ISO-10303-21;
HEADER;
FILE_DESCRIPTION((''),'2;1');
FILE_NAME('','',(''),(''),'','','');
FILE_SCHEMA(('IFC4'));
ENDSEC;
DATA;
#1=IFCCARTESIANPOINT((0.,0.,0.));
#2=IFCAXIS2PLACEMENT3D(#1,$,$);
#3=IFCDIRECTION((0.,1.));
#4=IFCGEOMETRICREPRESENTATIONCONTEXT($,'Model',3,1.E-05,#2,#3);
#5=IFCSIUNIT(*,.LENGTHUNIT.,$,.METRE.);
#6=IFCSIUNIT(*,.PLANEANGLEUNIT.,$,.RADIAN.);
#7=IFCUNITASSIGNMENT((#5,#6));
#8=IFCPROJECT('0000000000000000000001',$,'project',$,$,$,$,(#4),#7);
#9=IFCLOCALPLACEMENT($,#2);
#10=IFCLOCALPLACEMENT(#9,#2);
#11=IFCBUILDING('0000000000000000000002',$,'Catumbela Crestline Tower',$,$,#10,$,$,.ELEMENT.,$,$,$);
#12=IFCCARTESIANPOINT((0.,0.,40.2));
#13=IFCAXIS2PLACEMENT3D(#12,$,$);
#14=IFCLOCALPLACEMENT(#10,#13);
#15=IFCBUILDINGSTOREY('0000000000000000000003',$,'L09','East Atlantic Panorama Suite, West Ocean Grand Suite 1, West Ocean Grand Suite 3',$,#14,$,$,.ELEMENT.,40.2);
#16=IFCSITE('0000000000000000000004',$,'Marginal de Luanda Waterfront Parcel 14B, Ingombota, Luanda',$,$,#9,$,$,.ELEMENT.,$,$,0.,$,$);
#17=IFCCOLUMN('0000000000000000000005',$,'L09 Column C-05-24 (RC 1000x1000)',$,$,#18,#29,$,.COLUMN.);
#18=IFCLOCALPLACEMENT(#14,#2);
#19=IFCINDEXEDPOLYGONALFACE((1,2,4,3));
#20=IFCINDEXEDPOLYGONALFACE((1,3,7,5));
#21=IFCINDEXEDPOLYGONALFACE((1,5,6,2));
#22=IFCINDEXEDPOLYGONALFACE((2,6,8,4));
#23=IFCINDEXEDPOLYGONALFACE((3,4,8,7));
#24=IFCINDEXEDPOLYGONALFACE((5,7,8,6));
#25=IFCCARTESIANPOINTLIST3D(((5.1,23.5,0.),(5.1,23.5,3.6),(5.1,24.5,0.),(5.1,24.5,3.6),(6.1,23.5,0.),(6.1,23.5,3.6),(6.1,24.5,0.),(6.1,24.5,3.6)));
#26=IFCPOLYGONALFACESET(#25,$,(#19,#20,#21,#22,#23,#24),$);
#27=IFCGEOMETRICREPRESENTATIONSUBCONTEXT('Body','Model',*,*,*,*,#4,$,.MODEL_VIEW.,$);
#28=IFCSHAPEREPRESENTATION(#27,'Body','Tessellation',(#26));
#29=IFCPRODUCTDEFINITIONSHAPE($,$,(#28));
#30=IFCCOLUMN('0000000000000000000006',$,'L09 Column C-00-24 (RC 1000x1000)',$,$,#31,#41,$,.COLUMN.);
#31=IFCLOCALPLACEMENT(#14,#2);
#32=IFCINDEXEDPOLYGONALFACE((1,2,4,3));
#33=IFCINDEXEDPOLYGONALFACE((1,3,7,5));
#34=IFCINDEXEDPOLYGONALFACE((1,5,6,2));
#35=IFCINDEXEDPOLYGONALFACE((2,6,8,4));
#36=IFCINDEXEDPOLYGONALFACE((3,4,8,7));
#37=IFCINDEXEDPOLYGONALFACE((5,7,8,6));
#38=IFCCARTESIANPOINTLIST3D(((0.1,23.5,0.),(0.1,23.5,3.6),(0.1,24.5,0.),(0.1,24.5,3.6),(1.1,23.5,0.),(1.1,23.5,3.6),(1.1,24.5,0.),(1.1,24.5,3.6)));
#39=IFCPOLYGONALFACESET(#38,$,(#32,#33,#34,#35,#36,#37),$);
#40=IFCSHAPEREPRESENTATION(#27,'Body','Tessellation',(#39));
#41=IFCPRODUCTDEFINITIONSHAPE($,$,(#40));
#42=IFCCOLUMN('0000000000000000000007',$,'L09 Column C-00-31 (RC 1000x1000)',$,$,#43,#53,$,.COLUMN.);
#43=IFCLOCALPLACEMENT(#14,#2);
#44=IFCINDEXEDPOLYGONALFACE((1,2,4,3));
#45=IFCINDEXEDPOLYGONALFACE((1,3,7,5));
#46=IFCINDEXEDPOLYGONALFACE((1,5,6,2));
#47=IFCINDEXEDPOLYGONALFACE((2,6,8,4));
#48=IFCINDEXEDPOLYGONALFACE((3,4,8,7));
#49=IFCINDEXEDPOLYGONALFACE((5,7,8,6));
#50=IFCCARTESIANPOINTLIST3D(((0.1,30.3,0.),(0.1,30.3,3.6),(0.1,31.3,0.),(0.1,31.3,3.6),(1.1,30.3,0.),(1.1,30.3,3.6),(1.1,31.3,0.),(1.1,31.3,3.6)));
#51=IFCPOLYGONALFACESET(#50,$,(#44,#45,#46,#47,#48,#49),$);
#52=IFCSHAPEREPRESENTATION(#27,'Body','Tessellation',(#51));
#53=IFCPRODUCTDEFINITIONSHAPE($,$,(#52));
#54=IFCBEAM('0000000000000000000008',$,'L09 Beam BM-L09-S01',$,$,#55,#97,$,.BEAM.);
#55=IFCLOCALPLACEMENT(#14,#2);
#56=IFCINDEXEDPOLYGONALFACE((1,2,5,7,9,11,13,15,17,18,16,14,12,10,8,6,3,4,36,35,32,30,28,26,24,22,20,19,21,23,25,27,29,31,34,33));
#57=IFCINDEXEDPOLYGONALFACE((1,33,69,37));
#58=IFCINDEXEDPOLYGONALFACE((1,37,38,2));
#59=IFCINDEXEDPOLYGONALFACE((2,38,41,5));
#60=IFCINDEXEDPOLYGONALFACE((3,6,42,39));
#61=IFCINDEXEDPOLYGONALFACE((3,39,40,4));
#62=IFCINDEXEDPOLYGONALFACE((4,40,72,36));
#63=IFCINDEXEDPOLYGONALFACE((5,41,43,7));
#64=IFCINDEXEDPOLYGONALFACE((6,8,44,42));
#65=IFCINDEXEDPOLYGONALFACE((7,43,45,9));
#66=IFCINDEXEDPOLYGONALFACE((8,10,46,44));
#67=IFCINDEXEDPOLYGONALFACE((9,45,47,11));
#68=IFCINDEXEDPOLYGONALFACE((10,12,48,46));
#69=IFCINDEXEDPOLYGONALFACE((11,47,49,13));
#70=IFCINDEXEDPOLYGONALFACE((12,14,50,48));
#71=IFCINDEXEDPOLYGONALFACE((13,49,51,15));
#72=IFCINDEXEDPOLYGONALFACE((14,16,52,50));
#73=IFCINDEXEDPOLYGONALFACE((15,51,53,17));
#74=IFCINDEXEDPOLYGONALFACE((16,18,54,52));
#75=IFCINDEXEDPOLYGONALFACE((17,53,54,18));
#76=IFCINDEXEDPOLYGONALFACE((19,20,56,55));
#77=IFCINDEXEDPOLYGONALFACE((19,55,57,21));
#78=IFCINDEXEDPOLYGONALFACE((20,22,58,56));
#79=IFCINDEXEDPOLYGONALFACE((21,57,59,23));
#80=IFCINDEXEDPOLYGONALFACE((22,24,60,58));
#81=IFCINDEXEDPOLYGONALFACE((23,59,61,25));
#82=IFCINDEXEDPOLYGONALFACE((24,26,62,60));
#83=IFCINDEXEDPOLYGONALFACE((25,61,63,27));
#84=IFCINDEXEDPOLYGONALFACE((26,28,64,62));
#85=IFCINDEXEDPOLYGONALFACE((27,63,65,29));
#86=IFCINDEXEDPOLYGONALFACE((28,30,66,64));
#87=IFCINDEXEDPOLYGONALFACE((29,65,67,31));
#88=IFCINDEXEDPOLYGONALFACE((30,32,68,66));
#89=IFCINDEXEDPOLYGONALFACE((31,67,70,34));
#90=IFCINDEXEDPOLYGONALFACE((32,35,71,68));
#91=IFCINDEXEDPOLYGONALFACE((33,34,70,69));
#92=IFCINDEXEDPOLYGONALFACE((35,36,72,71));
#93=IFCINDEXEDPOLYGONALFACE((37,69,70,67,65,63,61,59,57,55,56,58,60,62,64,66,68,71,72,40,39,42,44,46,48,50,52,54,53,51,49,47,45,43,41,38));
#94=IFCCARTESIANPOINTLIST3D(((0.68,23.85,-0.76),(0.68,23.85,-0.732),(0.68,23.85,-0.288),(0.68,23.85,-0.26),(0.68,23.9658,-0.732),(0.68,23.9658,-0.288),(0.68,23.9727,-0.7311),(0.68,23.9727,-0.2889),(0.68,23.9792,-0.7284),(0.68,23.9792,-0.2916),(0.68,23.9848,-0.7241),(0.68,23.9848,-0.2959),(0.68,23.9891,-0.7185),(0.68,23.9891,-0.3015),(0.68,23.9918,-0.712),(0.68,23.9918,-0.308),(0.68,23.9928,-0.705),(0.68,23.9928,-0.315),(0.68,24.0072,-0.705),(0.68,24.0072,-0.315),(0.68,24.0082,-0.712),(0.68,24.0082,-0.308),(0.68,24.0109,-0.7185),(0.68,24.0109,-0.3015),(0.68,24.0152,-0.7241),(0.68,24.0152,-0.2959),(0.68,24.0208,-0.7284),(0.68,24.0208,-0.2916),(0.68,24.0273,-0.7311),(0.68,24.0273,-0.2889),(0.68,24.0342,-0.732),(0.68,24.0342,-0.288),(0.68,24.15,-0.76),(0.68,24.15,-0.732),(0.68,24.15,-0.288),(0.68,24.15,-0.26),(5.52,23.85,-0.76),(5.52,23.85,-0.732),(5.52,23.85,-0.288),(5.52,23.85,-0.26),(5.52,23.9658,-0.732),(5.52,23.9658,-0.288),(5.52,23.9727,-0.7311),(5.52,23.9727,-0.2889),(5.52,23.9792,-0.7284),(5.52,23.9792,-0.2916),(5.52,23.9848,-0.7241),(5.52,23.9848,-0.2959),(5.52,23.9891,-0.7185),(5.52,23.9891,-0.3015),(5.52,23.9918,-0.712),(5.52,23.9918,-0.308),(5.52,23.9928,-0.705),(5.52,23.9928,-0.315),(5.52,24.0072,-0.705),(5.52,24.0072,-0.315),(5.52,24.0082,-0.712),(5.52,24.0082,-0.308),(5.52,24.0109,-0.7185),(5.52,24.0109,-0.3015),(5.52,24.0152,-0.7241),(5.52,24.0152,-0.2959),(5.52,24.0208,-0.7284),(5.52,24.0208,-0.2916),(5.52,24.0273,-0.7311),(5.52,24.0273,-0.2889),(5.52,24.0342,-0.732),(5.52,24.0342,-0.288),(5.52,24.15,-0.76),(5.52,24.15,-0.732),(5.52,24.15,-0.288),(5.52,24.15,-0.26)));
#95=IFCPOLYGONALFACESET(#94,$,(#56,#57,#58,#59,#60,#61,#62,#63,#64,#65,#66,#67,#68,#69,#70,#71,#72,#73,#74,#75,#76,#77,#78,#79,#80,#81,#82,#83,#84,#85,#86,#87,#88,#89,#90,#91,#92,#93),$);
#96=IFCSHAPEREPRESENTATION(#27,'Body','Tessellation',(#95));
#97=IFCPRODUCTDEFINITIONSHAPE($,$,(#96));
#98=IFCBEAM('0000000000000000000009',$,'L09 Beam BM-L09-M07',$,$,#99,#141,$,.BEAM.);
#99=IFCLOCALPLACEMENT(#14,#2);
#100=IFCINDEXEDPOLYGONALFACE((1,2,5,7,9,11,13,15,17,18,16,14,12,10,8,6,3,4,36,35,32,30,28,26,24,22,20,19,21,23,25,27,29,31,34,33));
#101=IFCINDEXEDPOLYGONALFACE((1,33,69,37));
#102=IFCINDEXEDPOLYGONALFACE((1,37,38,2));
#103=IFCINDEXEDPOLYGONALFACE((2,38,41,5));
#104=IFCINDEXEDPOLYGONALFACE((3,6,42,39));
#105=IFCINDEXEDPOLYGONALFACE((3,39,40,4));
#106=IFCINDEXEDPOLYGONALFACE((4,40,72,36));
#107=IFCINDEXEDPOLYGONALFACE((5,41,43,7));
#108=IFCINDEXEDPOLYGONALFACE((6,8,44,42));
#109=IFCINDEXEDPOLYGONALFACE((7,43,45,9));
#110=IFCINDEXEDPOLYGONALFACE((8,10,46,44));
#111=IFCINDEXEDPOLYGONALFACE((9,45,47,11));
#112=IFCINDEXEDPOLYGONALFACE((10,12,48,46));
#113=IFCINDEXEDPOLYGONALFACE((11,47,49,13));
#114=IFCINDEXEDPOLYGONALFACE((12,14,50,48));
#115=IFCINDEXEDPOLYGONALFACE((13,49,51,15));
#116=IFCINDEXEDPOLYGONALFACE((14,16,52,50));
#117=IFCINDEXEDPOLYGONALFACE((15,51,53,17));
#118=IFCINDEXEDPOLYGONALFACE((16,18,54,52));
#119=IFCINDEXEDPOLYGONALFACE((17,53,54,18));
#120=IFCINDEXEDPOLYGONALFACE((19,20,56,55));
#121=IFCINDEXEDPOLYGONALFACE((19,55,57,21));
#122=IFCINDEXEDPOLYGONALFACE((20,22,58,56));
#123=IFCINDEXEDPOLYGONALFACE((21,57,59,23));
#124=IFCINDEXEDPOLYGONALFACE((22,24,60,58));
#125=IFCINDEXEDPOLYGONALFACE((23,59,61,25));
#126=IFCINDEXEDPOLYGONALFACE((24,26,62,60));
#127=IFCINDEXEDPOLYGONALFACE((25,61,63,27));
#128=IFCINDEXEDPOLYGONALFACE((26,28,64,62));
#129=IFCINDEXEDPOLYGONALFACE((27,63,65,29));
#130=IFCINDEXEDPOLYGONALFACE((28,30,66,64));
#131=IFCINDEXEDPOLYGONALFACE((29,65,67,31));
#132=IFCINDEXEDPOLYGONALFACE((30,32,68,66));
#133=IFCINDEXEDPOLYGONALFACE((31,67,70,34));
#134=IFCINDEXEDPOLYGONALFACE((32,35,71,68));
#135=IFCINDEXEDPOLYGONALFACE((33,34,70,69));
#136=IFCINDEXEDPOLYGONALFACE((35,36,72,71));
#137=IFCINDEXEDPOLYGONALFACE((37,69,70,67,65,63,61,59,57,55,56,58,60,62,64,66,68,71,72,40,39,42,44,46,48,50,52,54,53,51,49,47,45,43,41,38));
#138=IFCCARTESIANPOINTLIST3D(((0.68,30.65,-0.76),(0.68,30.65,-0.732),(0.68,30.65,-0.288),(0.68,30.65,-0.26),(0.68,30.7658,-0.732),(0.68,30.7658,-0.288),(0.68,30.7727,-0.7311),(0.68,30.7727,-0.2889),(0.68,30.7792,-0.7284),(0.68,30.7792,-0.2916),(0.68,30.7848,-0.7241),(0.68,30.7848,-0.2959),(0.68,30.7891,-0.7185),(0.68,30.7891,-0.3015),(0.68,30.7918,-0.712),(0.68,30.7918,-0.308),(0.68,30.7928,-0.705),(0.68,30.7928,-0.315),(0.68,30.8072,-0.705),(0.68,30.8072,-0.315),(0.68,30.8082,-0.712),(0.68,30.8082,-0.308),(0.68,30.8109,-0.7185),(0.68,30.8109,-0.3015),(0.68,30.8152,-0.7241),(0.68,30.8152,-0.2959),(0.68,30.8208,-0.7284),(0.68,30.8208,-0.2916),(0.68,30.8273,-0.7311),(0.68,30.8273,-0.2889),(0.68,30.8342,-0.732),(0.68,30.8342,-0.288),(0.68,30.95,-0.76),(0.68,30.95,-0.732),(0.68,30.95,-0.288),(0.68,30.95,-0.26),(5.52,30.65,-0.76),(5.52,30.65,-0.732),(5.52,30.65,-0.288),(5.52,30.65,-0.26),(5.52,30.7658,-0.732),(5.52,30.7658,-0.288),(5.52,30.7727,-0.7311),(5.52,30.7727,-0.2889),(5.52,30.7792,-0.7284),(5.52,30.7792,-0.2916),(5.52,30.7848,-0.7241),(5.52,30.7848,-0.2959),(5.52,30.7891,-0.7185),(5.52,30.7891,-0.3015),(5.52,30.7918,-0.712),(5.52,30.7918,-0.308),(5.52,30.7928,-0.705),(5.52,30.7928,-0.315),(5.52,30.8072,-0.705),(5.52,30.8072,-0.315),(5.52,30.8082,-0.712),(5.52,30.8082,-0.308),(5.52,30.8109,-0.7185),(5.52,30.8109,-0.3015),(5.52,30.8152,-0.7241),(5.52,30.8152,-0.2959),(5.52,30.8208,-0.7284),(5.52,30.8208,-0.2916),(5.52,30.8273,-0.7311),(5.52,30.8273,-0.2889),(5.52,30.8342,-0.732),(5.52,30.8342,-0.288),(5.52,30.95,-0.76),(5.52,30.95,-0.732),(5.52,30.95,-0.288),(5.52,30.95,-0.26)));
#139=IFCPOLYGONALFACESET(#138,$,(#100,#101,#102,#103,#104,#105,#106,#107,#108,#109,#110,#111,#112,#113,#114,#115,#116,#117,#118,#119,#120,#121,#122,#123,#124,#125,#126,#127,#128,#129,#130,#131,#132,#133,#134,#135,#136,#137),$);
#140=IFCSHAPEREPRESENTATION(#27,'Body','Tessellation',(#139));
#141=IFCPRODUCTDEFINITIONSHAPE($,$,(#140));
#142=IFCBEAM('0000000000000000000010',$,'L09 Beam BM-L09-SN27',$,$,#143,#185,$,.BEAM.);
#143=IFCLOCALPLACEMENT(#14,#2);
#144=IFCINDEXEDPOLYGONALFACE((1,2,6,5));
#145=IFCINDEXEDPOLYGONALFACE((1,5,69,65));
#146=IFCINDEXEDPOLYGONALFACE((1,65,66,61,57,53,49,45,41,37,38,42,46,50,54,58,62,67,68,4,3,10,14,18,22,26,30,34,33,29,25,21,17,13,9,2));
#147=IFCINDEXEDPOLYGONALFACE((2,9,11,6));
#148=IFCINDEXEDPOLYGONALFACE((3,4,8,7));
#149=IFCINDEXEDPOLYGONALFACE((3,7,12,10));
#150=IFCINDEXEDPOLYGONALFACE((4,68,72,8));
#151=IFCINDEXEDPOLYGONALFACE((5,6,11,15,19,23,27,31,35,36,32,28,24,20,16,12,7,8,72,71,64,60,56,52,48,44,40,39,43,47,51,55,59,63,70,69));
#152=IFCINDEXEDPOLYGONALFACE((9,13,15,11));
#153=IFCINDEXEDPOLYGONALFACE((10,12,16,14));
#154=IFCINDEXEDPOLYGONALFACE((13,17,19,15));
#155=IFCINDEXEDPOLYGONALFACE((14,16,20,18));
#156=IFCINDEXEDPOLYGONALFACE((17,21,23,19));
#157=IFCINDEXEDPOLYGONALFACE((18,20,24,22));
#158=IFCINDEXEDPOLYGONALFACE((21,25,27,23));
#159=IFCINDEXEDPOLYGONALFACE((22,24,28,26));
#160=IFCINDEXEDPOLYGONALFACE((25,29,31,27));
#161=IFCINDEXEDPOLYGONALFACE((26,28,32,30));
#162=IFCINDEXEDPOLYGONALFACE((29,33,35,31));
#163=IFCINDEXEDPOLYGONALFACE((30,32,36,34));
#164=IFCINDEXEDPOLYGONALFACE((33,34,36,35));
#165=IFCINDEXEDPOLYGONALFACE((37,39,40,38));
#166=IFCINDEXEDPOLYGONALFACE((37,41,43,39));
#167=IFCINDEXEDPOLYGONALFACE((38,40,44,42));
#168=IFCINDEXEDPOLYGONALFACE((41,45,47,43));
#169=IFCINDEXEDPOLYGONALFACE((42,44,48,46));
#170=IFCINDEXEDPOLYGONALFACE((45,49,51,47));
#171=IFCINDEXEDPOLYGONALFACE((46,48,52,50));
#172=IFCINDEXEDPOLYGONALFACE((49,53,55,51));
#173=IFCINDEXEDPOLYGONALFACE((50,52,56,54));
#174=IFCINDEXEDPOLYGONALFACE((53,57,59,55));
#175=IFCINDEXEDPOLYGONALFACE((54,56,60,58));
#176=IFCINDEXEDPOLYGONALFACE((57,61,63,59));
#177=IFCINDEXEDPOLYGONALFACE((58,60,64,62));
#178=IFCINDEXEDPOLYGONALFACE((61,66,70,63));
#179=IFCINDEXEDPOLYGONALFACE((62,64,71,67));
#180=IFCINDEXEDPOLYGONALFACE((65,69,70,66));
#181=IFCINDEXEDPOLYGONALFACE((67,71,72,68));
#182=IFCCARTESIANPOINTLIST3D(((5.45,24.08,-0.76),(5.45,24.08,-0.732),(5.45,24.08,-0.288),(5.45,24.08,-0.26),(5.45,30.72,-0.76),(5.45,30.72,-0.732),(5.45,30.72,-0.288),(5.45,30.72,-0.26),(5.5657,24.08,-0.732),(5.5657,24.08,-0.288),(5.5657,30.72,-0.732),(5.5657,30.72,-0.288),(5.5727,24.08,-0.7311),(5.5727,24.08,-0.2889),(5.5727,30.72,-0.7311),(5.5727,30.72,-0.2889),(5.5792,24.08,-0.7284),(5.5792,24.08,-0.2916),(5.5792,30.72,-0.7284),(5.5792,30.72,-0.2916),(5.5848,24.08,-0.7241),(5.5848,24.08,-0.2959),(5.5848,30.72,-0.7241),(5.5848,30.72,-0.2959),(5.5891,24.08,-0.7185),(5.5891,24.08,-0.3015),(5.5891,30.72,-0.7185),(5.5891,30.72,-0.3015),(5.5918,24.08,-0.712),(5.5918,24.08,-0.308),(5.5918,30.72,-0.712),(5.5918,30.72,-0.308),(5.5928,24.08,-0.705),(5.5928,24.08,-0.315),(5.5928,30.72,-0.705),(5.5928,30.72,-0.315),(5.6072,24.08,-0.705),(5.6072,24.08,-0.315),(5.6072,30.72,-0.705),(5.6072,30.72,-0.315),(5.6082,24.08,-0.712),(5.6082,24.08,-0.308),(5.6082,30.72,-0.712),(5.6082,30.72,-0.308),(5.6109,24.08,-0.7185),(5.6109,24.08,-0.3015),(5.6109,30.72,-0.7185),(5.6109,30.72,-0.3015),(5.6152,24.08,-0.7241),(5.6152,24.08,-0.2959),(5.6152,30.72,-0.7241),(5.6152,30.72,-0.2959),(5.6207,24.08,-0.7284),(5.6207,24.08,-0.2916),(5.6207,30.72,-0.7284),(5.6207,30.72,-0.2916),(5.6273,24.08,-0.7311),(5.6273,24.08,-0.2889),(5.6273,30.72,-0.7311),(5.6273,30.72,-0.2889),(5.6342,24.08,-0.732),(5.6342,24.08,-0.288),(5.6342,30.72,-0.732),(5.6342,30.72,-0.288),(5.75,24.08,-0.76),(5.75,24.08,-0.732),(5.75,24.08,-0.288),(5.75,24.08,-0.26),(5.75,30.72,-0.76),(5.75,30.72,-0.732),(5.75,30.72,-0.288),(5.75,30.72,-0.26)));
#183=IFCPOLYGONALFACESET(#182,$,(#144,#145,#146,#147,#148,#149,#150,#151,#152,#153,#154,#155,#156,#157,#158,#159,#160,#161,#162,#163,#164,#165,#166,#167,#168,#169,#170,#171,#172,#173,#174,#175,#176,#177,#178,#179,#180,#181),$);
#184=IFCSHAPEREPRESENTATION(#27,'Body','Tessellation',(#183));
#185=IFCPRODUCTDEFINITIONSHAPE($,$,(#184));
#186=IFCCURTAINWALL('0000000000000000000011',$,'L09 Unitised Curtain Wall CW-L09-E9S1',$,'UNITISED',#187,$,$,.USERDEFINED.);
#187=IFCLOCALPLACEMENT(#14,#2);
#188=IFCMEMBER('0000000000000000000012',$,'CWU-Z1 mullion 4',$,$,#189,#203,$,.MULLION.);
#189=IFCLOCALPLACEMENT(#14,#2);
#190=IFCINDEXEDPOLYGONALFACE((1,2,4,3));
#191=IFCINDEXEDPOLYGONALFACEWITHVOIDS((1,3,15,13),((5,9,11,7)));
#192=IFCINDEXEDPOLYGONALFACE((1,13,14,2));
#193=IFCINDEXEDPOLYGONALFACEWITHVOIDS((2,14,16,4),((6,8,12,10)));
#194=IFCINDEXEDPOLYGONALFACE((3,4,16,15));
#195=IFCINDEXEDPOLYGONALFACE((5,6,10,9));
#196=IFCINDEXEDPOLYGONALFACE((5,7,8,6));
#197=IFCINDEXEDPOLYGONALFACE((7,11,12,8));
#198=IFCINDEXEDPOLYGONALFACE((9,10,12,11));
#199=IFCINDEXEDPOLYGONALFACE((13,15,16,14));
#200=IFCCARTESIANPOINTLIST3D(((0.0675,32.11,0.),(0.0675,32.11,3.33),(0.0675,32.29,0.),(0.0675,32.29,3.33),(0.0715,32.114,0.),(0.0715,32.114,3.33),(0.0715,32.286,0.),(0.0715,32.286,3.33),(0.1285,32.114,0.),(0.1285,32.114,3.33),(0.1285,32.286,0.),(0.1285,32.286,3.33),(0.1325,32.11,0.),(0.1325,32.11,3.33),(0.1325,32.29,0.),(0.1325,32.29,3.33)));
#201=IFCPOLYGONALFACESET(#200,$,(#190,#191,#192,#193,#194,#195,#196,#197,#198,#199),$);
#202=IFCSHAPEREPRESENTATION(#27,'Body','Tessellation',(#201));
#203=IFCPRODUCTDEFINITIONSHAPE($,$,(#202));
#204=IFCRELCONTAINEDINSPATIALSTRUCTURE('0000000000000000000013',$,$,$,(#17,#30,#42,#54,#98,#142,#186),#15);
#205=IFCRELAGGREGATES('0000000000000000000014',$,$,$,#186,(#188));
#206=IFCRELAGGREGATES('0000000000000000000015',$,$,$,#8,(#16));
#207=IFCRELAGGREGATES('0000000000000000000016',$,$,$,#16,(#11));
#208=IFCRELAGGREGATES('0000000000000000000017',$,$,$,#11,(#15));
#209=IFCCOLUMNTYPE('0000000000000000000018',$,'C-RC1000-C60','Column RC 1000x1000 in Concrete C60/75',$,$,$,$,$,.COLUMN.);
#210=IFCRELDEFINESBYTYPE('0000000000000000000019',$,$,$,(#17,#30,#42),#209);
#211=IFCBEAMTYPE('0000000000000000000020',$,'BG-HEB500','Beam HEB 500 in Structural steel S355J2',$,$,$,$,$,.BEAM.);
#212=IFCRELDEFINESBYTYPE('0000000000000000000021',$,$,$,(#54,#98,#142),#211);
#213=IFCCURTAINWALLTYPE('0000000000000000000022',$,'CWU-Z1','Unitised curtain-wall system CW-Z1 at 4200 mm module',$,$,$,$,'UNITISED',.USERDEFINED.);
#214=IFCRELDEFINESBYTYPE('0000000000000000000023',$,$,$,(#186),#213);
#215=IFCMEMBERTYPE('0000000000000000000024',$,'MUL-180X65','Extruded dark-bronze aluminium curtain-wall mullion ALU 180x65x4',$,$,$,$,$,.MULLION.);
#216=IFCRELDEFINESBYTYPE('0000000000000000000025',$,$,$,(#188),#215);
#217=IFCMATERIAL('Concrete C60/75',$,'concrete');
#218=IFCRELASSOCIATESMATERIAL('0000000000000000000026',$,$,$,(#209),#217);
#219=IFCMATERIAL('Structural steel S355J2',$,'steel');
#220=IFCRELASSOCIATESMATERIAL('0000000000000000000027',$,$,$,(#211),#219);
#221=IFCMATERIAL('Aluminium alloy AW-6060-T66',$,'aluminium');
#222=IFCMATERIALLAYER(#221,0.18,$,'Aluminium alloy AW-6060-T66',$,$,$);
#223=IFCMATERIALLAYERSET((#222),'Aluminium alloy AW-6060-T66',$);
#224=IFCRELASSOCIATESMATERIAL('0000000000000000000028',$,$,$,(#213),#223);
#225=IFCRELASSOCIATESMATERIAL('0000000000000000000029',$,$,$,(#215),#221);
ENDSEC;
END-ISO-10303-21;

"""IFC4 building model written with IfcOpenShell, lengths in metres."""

from ifc_helpers import new_model, si_unit, direction, frame, origin, origin_2d, place, context, subcontext, project, spatial, rectangle, hollow_rectangle, i_section, extrude, material, layer, layer_set, material_profile, profile_set, type_object, element, aggregate, save


model = new_model("IFC4")

# Units and contexts
model_context = context("Model", 3, precision=1e-05, world=origin(), true_north=direction((0.0, 1.0)))
body_context = subcontext(model_context, "Body", "Model", "MODEL_VIEW")
ifc_project = project(units=[si_unit("LENGTHUNIT", "METRE"), si_unit("PLANEANGLEUNIT", "RADIAN")], contexts=[model_context])

# Site, building, storey
site_placement = place(None, origin())
site = spatial("IfcSite", under=ifc_project, at=site_placement, Name="Marginal de Luanda Waterfront Parcel 14B, Ingombota, Luanda", CompositionType="ELEMENT", RefElevation=0.0)
building_placement = place(site_placement, origin())
building = spatial("IfcBuilding", under=site, at=building_placement, Name="Catumbela Crestline Tower", CompositionType="ELEMENT")
storey_placement = place(building_placement, frame((0.0, 0.0, 40.2)))
storey = spatial("IfcBuildingStorey", under=building, at=storey_placement, Name="L09", Description="East Atlantic Panorama Suite, West Ocean Grand Suite 1, West Ocean Grand Suite 3", CompositionType="ELEMENT", Elevation=40.2)

# Columns
ifc_material_1 = material(Name="Concrete C60/75", Category="concrete")
ifc_material_profile_1 = material_profile(ifc_material_1, rectangle(XDim=1.0, YDim=1.0, at=origin_2d()), Name="RC 1000x1000")
ifc_profile_set_1 = profile_set([ifc_material_profile_1], Name="Concrete C60/75")
column_type = type_object("IfcColumnType", Name="C-RC1000-C60", Description="Column RC 1000x1000 in Concrete C60/75", PredefinedType="COLUMN", material=ifc_profile_set_1)
for number, where, z_axis, x_axis, name in (
    (1, (5.6, 24.0, 0.0), (0.0, 0.0, 1.0), (1.0, 0.0, 0.0), "L09 Column C-05-24 (RC 1000x1000)"),
    (2, (0.6, 24.0, 0.0), (0.0, 0.0, 1.0), (1.0, 0.0, 0.0), "L09 Column C-00-24 (RC 1000x1000)"),
    (3, (0.6, 30.8, 0.0), (0.0, 0.0, 1.0), (1.0, 0.0, 0.0), "L09 Column C-00-31 (RC 1000x1000)"),
):
    element("IfcColumn", number, at=place(storey_placement, frame(where, z_axis=z_axis, x_axis=x_axis)), inside=storey, type_object=column_type, Name=name, PredefinedType="COLUMN", context=body_context, shape_type="SweptSolid", body=[
        extrude(rectangle(XDim=1.0, YDim=1.0, at=origin_2d()), origin(), (0.0, 0.0, 1.0), 3.6),
    ])

# Beams
ifc_material_2 = material(Name="Structural steel S355J2", Category="steel")
ifc_material_profile_2 = material_profile(ifc_material_2, i_section(OverallWidth=0.3, OverallDepth=0.5, WebThickness=0.0145, FlangeThickness=0.028, FilletRadius=0.027, at=origin_2d()), Name="HEB 500")
ifc_profile_set_2 = profile_set([ifc_material_profile_2], Name="Structural steel S355J2")
beam_type_1 = type_object("IfcBeamType", Name="BG-HEB500", Description="Beam HEB 500 in Structural steel S355J2", PredefinedType="BEAM", material=ifc_profile_set_2)
for number, where, z_axis, x_axis, name in (
    (4, (0.68, 24.0, -0.51), (1.0, 0.0, 0.0), (0.0, 1.0, 0.0), "L09 Beam BM-L09-S01"),
    (5, (0.68, 30.8, -0.51), (1.0, 0.0, 0.0), (0.0, 1.0, 0.0), "L09 Beam BM-L09-M07"),
):
    element("IfcBeam", number, at=place(storey_placement, frame(where, z_axis=z_axis, x_axis=x_axis)), inside=storey, type_object=beam_type_1, Name=name, PredefinedType="BEAM", context=body_context, shape_type="SweptSolid", body=[
        extrude(i_section(OverallWidth=0.3, OverallDepth=0.5, WebThickness=0.0145, FlangeThickness=0.028, FilletRadius=0.027, at=origin_2d()), origin(), (0.0, 0.0, 1.0), 4.84),
    ])
beam_1_placement = place(storey_placement, frame((5.6, 24.08, -0.51), z_axis=(0.0, 1.0, 0.0), x_axis=(-1.0, 0.0, 0.0)))
element("IfcBeam", 6, at=beam_1_placement, inside=storey, type_object=beam_type_1, Name="L09 Beam BM-L09-SN27", PredefinedType="BEAM", context=body_context, shape_type="SweptSolid", body=[
    extrude(i_section(OverallWidth=0.3, OverallDepth=0.5, WebThickness=0.0145, FlangeThickness=0.028, FilletRadius=0.027, at=origin_2d()), origin(), (0.0, 0.0, 1.0), 6.64),
])

# Curtain wall, member
ifc_material_3 = material(Name="Aluminium alloy AW-6060-T66", Category="aluminium")
ifc_layer_1 = layer(ifc_material_3, 0.18, Name="Aluminium alloy AW-6060-T66")
ifc_layer_set_1 = layer_set([ifc_layer_1], Name="Aluminium alloy AW-6060-T66")
curtain_wall_type = type_object("IfcCurtainWallType", Name="CWU-Z1", Description="Unitised curtain-wall system CW-Z1 at 4200 mm module", ElementType="UNITISED", PredefinedType="USERDEFINED", material=ifc_layer_set_1)
curtain_wall_placement = place(storey_placement, origin())
curtain_wall = element("IfcCurtainWall", 7, at=curtain_wall_placement, inside=storey, type_object=curtain_wall_type, Name="L09 Unitised Curtain Wall CW-L09-E9S1", ObjectType="UNITISED", PredefinedType="USERDEFINED")
ifc_material_profile_3 = material_profile(ifc_material_3, hollow_rectangle(XDim=0.065, YDim=0.18, WallThickness=0.004, at=origin_2d()), Name="ALU 180x65x4")
ifc_profile_set_3 = profile_set([ifc_material_profile_3], Name="Aluminium alloy AW-6060-T66")
member_type_1 = type_object("IfcMemberType", Name="MUL-180X65", Description="Extruded dark-bronze aluminium curtain-wall mullion ALU 180x65x4", PredefinedType="MULLION", material=ifc_profile_set_3)
member_1_placement = place(storey_placement, frame((0.1, 32.2, 0.0), z_axis=(0.0, 0.0, 1.0), x_axis=(1.0, 0.0, 0.0)))
member_1 = element("IfcMember", 8, at=member_1_placement, type_object=member_type_1, Name="CWU-Z1 mullion 4", PredefinedType="MULLION", context=body_context, shape_type="SweptSolid", body=[
    extrude(hollow_rectangle(XDim=0.065, YDim=0.18, WallThickness=0.004, at=origin_2d()), origin(), (0.0, 0.0, 1.0), 3.33),
])

aggregate(curtain_wall, [member_1])

save(model, "model.ifc")
